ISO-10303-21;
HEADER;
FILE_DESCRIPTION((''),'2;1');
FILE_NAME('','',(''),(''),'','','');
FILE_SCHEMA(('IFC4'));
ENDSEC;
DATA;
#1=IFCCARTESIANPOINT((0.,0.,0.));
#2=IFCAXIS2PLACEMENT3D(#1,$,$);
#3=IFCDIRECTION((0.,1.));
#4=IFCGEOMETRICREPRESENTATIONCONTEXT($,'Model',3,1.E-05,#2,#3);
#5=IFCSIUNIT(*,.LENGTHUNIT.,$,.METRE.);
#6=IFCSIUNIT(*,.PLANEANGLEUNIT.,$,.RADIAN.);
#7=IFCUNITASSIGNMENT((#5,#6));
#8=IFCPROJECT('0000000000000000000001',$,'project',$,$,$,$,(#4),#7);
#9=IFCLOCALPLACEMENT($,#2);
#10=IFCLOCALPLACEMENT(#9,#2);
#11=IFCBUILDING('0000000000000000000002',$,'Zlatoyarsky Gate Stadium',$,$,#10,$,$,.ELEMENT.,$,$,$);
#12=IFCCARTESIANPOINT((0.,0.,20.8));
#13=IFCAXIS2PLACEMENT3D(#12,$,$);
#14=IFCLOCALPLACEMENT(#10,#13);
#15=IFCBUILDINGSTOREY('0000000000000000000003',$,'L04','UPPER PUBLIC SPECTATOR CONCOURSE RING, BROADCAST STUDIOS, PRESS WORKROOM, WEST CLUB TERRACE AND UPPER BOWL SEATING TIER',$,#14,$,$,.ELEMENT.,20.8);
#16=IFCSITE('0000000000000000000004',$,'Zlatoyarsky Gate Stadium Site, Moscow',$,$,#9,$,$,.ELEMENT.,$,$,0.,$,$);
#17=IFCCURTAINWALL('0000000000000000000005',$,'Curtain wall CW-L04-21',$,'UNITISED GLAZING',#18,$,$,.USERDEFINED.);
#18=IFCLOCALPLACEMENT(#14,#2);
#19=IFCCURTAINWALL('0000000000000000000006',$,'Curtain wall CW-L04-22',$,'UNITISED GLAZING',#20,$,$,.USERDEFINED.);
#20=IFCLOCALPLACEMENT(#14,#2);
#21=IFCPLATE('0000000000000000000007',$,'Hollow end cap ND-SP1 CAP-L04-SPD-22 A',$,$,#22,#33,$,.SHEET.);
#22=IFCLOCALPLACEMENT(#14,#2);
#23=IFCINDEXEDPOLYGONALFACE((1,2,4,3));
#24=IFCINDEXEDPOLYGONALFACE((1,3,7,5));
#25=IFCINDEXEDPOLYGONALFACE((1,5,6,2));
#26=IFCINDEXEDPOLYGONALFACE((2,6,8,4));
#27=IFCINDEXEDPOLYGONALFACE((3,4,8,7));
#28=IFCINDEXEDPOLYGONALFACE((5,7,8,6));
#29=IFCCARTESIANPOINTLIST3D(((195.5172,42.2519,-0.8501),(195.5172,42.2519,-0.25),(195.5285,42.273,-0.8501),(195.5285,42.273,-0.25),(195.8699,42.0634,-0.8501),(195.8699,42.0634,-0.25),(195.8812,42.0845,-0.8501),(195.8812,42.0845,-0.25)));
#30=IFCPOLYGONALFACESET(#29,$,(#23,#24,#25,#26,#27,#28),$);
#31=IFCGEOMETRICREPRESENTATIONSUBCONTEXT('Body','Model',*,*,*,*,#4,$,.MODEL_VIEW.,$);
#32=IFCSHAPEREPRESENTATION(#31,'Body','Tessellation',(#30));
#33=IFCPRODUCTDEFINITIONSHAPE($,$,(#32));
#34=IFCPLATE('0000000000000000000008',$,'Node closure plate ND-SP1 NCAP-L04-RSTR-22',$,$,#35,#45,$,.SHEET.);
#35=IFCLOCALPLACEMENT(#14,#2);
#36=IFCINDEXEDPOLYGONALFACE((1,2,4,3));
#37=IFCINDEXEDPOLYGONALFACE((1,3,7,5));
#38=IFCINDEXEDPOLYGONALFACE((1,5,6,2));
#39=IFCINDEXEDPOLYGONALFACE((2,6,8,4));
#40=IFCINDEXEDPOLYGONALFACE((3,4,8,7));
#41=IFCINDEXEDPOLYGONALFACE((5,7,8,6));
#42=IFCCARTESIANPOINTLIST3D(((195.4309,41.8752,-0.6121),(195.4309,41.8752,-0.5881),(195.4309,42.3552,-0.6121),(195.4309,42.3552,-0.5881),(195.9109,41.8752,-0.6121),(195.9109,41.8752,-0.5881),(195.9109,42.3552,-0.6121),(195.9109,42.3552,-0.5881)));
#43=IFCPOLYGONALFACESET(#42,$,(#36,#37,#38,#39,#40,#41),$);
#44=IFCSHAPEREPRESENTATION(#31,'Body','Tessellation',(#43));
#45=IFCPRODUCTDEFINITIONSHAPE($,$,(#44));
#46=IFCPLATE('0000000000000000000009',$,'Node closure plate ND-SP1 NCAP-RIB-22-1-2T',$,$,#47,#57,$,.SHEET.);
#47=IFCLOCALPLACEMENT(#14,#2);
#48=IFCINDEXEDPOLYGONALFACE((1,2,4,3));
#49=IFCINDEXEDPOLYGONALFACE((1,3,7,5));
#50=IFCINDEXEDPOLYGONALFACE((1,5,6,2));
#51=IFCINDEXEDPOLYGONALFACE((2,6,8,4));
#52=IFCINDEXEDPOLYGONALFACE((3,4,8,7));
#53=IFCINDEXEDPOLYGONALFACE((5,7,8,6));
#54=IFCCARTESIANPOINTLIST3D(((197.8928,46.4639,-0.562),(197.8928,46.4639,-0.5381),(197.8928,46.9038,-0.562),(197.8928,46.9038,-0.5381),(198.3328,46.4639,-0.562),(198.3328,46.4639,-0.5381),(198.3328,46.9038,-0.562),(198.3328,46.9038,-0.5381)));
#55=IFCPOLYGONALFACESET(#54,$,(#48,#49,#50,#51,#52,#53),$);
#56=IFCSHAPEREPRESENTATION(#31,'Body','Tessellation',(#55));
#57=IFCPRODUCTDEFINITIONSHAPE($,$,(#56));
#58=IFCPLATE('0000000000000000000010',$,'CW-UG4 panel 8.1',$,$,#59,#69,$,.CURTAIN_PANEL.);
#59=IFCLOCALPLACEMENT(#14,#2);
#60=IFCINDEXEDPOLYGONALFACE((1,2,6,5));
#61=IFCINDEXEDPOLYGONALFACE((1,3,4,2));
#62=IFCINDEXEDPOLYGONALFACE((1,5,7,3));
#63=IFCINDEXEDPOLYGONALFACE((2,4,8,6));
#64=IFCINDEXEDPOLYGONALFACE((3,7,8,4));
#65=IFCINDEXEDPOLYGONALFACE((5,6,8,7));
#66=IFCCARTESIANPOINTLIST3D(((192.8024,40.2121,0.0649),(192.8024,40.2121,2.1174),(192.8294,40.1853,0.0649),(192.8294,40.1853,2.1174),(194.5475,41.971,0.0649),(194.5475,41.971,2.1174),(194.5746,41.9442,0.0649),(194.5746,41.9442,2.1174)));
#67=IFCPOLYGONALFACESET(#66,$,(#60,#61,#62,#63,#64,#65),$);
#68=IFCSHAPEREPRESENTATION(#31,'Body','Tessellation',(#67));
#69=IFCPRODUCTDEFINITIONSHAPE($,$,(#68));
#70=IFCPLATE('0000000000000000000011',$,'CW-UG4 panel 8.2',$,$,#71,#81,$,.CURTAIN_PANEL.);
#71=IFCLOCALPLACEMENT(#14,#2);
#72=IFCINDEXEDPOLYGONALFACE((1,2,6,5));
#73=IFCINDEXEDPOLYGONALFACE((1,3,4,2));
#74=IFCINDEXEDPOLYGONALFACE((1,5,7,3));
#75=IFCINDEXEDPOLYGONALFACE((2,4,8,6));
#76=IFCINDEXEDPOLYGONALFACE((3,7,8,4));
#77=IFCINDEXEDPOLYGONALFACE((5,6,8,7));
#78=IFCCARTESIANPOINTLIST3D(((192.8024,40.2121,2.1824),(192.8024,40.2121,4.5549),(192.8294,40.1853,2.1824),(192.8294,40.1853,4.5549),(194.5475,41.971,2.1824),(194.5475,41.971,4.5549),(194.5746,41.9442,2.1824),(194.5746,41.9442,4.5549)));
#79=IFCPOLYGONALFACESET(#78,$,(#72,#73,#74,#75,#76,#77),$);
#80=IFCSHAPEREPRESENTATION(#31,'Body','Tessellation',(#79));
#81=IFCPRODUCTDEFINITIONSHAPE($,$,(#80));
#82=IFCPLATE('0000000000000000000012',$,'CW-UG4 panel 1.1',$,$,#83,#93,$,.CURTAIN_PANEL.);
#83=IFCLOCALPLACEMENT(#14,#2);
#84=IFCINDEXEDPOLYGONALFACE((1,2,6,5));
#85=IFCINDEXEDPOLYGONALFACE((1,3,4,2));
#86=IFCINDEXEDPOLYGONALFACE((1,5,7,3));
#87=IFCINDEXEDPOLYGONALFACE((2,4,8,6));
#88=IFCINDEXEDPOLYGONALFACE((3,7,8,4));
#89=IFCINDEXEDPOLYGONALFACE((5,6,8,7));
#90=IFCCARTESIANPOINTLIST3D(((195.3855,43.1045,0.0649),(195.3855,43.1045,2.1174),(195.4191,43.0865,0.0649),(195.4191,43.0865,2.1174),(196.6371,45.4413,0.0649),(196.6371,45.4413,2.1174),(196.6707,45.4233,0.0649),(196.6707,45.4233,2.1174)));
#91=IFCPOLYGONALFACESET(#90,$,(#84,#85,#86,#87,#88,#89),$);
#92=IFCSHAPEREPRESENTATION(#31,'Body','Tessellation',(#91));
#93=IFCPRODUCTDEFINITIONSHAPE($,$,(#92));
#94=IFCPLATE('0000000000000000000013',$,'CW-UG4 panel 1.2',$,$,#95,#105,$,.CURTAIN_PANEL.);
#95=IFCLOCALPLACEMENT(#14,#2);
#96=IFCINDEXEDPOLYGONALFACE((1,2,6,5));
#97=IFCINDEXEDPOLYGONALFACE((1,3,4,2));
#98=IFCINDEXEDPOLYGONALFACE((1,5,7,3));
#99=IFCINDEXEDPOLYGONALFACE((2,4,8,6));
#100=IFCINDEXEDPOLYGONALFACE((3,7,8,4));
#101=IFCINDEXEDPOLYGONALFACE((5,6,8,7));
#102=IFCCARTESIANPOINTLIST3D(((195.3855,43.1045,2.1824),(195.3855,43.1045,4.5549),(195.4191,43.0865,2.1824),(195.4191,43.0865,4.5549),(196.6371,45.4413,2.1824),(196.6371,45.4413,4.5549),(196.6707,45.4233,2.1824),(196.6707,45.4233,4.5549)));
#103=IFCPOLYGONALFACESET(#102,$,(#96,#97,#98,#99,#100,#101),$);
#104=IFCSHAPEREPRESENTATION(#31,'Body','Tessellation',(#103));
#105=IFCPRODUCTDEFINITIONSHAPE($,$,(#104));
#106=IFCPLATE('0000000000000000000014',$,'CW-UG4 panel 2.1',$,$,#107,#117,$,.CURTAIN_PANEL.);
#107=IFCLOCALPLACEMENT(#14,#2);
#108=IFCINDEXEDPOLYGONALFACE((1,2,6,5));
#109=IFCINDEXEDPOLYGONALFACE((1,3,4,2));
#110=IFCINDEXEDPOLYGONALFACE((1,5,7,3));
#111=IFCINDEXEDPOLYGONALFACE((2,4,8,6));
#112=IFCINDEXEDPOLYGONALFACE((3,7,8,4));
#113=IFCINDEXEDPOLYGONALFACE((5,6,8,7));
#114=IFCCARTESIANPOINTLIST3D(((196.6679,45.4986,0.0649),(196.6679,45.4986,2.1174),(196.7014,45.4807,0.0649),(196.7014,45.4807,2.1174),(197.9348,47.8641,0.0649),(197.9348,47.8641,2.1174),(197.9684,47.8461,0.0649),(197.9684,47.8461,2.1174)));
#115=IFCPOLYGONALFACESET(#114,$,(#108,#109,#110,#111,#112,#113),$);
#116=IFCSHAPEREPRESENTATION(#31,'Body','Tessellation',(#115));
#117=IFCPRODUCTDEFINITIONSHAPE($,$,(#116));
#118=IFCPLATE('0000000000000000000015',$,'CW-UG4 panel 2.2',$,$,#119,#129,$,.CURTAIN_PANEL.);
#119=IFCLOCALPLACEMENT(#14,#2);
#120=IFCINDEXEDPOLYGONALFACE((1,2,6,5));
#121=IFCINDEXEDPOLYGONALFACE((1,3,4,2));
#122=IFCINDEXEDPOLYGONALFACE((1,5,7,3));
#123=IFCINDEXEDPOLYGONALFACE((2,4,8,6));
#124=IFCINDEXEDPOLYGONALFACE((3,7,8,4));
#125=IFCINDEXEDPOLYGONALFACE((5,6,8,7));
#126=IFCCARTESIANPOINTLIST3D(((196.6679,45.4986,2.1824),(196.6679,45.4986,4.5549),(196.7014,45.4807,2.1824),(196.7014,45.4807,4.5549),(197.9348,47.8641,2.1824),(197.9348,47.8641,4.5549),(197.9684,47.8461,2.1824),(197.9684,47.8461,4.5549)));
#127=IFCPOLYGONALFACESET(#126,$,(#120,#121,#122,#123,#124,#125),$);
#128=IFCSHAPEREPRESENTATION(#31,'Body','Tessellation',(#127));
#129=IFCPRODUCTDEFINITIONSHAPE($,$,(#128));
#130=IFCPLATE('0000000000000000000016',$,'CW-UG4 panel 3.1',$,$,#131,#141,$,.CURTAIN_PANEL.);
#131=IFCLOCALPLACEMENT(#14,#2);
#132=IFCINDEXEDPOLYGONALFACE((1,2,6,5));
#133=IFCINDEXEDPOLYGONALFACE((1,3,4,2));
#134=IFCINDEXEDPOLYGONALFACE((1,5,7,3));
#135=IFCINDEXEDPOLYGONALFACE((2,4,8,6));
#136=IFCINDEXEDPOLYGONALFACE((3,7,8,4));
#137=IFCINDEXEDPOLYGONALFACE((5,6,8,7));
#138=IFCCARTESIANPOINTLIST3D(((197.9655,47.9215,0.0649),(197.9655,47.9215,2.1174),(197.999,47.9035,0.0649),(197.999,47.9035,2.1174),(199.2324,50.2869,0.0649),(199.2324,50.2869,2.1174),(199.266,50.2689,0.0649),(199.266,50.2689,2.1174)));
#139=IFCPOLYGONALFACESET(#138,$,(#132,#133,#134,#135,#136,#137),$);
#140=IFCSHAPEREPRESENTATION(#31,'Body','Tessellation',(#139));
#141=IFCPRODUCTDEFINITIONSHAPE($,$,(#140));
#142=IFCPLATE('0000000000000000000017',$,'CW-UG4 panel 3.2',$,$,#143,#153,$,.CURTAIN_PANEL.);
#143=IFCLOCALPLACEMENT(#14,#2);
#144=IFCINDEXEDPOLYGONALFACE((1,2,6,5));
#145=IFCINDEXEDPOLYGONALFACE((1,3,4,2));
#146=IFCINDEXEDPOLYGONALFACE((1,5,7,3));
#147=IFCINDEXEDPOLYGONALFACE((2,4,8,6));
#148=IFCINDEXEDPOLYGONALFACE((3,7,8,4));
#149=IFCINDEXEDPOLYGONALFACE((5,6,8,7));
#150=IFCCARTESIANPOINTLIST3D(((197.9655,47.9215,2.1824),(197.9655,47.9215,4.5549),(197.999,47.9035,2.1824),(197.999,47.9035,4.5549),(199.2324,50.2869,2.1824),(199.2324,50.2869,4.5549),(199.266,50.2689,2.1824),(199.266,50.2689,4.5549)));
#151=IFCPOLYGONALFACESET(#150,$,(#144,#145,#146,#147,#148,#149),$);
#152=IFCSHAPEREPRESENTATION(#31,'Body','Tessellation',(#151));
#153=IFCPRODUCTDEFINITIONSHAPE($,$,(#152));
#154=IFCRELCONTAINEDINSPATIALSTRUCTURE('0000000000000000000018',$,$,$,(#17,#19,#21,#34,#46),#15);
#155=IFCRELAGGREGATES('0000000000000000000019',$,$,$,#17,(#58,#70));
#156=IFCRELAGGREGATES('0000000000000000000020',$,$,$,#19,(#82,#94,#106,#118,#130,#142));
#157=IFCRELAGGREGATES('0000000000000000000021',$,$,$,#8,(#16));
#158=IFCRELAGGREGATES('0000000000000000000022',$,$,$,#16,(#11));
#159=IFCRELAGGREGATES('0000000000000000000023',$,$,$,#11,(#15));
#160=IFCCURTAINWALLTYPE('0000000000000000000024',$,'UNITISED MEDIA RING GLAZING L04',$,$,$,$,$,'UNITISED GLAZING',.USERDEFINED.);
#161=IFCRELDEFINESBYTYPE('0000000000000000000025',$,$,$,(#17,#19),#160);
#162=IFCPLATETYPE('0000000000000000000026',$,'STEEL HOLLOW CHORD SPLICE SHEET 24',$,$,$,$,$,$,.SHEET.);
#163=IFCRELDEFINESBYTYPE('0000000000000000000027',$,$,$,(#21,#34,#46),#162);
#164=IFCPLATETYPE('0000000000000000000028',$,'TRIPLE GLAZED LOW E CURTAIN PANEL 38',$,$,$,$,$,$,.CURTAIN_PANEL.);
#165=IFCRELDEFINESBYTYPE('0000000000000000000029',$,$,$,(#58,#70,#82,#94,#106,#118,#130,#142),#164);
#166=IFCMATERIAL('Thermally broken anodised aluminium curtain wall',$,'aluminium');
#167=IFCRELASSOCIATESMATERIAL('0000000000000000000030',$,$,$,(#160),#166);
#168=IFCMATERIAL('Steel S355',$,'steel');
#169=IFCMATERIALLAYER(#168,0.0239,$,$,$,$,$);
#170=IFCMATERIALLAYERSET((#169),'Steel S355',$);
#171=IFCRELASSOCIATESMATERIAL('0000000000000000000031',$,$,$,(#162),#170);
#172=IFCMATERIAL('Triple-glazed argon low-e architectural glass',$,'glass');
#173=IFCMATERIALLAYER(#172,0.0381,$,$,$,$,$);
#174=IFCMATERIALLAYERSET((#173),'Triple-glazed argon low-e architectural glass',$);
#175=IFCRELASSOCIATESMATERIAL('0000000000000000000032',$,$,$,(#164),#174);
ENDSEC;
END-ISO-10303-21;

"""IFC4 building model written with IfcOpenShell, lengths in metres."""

from ifc_helpers import new_model, si_unit, direction, frame, origin, origin_2d, place, context, subcontext, project, spatial, rectangle, extrude, material, layer, layer_set, type_object, element, aggregate, save


model = new_model("IFC4")

# Units and contexts
model_context = context("Model", 3, precision=1e-05, world=origin(), true_north=direction((0.0, 1.0)))
body_context = subcontext(model_context, "Body", "Model", "MODEL_VIEW")
ifc_project = project(units=[si_unit("LENGTHUNIT", "METRE"), si_unit("PLANEANGLEUNIT", "RADIAN")], contexts=[model_context])

# Site, building, storey
site_placement = place(None, origin())
site = spatial("IfcSite", under=ifc_project, at=site_placement, Name="Zlatoyarsky Gate Stadium Site, Moscow", CompositionType="ELEMENT", RefElevation=0.0)
building_placement = place(site_placement, origin())
building = spatial("IfcBuilding", under=site, at=building_placement, Name="Zlatoyarsky Gate Stadium", CompositionType="ELEMENT")
storey_placement = place(building_placement, frame((0.0, 0.0, 20.8)))
storey = spatial("IfcBuildingStorey", under=building, at=storey_placement, Name="L04", Description="UPPER PUBLIC SPECTATOR CONCOURSE RING, BROADCAST STUDIOS, PRESS WORKROOM, WEST CLUB TERRACE AND UPPER BOWL SEATING TIER", CompositionType="ELEMENT", Elevation=20.8)

# Curtain wall
ifc_material_1 = material(Name="Thermally broken anodised aluminium curtain wall", Category="aluminium")
curtain_wall_type = type_object("IfcCurtainWallType", Name="UNITISED MEDIA RING GLAZING L04", ElementType="UNITISED GLAZING", PredefinedType="USERDEFINED", material=ifc_material_1)
curtain_wall_1_placement = place(storey_placement, origin())
curtain_wall_1 = element("IfcCurtainWall", 1, at=curtain_wall_1_placement, inside=storey, type_object=curtain_wall_type, Name="Curtain wall CW-L04-21", ObjectType="UNITISED GLAZING", PredefinedType="USERDEFINED")

# Curtain wall
curtain_wall_2_placement = place(storey_placement, origin())
curtain_wall_2 = element("IfcCurtainWall", 2, at=curtain_wall_2_placement, inside=storey, type_object=curtain_wall_type, Name="Curtain wall CW-L04-22", ObjectType="UNITISED GLAZING", PredefinedType="USERDEFINED")

# Shared definitions
ifc_material_2 = material(Name="Steel S355", Category="steel")

# Plates
ifc_layer_1 = layer(ifc_material_2, 0.0239)
ifc_layer_set_1 = layer_set([ifc_layer_1], Name="Steel S355")
plate_type_1 = type_object("IfcPlateType", Name="STEEL HOLLOW CHORD SPLICE SHEET 24", PredefinedType="SHEET", material=ifc_layer_set_1)
for number, where, z_axis, x_axis, name in (
    (3, (195.6992, 42.1682, -0.8501), (0.0, 0.0, 1.0), (0.471376, 0.881933, 0.0), "Hollow end cap ND-SP1 CAP-L04-SPD-22 A"),
):
    element("IfcPlate", number, at=place(storey_placement, frame(where, z_axis=z_axis, x_axis=x_axis)), inside=storey, type_object=plate_type_1, Name=name, PredefinedType="SHEET", context=body_context, shape_type="SweptSolid", body=[
        extrude(rectangle(XDim=0.0239, YDim=0.3999, at=origin_2d()), origin(), (0.0, 0.0, 1.0), 0.6001),
    ])
plate_1_placement = place(storey_placement, frame((195.6709, 42.1152, -0.6121), z_axis=(0.0, 0.0, 1.0), x_axis=(1.0, 0.0, 0.0)))
element("IfcPlate", 4, at=plate_1_placement, inside=storey, type_object=plate_type_1, Name="Node closure plate ND-SP1 NCAP-L04-RSTR-22", PredefinedType="SHEET", context=body_context, shape_type="SweptSolid", body=[
    extrude(rectangle(XDim=0.48, YDim=0.48, at=origin_2d()), origin(), (0.0, 0.0, 1.0), 0.0239),
])
plate_2_placement = place(storey_placement, frame((198.1128, 46.6838, -0.562), z_axis=(0.0, 0.0, 1.0), x_axis=(1.0, 0.0, 0.0)))
element("IfcPlate", 5, at=plate_2_placement, inside=storey, type_object=plate_type_1, Name="Node closure plate ND-SP1 NCAP-RIB-22-1-2T", PredefinedType="SHEET", context=body_context, shape_type="SweptSolid", body=[
    extrude(rectangle(XDim=0.4399, YDim=0.4399, at=origin_2d()), origin(), (0.0, 0.0, 1.0), 0.0239),
])

# Plates
ifc_material_3 = material(Name="Triple-glazed argon low-e architectural glass", Category="glass")
ifc_layer_2 = layer(ifc_material_3, 0.0381)
ifc_layer_set_2 = layer_set([ifc_layer_2], Name="Triple-glazed argon low-e architectural glass")
plate_type_2 = type_object("IfcPlateType", Name="TRIPLE GLAZED LOW E CURTAIN PANEL 38", PredefinedType="CURTAIN_PANEL", material=ifc_layer_set_2)
plate_3_placement = place(storey_placement, frame((193.6885, 41.0781, 0.0649), z_axis=(0.0, 0.0, 1.0), x_axis=(0.704332, 0.709871, 0.0)))
plate_3 = element("IfcPlate", 6, at=plate_3_placement, type_object=plate_type_2, Name="CW-UG4 panel 8.1", PredefinedType="CURTAIN_PANEL", context=body_context, shape_type="SweptSolid", body=[
    extrude(rectangle(XDim=2.4778, YDim=0.0381, at=origin_2d()), origin(), (0.0, 0.0, 1.0), 2.0525),
])
plate_4_placement = place(storey_placement, frame((193.6885, 41.0781, 2.1824), z_axis=(0.0, 0.0, 1.0), x_axis=(0.704332, 0.709871, 0.0)))
plate_4 = element("IfcPlate", 7, at=plate_4_placement, type_object=plate_type_2, Name="CW-UG4 panel 8.2", PredefinedType="CURTAIN_PANEL", context=body_context, shape_type="SweptSolid", body=[
    extrude(rectangle(XDim=2.4778, YDim=0.0381, at=origin_2d()), origin(), (0.0, 0.0, 1.0), 2.3726),
])
aggregate(curtain_wall_1, [plate_3, plate_4])
plate_5_placement = place(storey_placement, frame((196.0281, 44.2639, 0.0649), z_axis=(0.0, 0.0, 1.0), x_axis=(0.472145, 0.881521, 0.0)))
plate_5 = element("IfcPlate", 8, at=plate_5_placement, type_object=plate_type_2, Name="CW-UG4 panel 1.1", PredefinedType="CURTAIN_PANEL", context=body_context, shape_type="SweptSolid", body=[
    extrude(rectangle(XDim=2.6509, YDim=0.0381, at=origin_2d()), origin(), (0.0, 0.0, 1.0), 2.0525),
])
plate_6_placement = place(storey_placement, frame((196.0281, 44.2639, 2.1824), z_axis=(0.0, 0.0, 1.0), x_axis=(0.472145, 0.881521, 0.0)))
plate_6 = element("IfcPlate", 9, at=plate_6_placement, type_object=plate_type_2, Name="CW-UG4 panel 1.2", PredefinedType="CURTAIN_PANEL", context=body_context, shape_type="SweptSolid", body=[
    extrude(rectangle(XDim=2.6509, YDim=0.0381, at=origin_2d()), origin(), (0.0, 0.0, 1.0), 2.3726),
])
plate_7_placement = place(storey_placement, frame((197.3181, 46.6724, 0.0649), z_axis=(0.0, 0.0, 1.0), x_axis=(0.472145, 0.881521, 0.0)))
plate_7 = element("IfcPlate", 10, at=plate_7_placement, type_object=plate_type_2, Name="CW-UG4 panel 2.1", PredefinedType="CURTAIN_PANEL", context=body_context, shape_type="SweptSolid", body=[
    extrude(rectangle(XDim=2.6833, YDim=0.0381, at=origin_2d()), origin(), (0.0, 0.0, 1.0), 2.0525),
])
plate_8_placement = place(storey_placement, frame((197.3181, 46.6724, 2.1824), z_axis=(0.0, 0.0, 1.0), x_axis=(0.472145, 0.881521, 0.0)))
plate_8 = element("IfcPlate", 11, at=plate_8_placement, type_object=plate_type_2, Name="CW-UG4 panel 2.2", PredefinedType="CURTAIN_PANEL", context=body_context, shape_type="SweptSolid", body=[
    extrude(rectangle(XDim=2.6833, YDim=0.0381, at=origin_2d()), origin(), (0.0, 0.0, 1.0), 2.3726),
])
plate_9_placement = place(storey_placement, frame((198.6157, 49.0952, 0.0649), z_axis=(0.0, 0.0, 1.0), x_axis=(0.472145, 0.881521, 0.0)))
plate_9 = element("IfcPlate", 12, at=plate_9_placement, type_object=plate_type_2, Name="CW-UG4 panel 3.1", PredefinedType="CURTAIN_PANEL", context=body_context, shape_type="SweptSolid", body=[
    extrude(rectangle(XDim=2.6833, YDim=0.0381, at=origin_2d()), origin(), (0.0, 0.0, 1.0), 2.0525),
])
plate_10_placement = place(storey_placement, frame((198.6157, 49.0952, 2.1824), z_axis=(0.0, 0.0, 1.0), x_axis=(0.472145, 0.881521, 0.0)))
plate_10 = element("IfcPlate", 13, at=plate_10_placement, type_object=plate_type_2, Name="CW-UG4 panel 3.2", PredefinedType="CURTAIN_PANEL", context=body_context, shape_type="SweptSolid", body=[
    extrude(rectangle(XDim=2.6833, YDim=0.0381, at=origin_2d()), origin(), (0.0, 0.0, 1.0), 2.3726),
])
aggregate(curtain_wall_2, [plate_5, plate_6, plate_7, plate_8, plate_9, plate_10])

save(model, "model.ifc")
